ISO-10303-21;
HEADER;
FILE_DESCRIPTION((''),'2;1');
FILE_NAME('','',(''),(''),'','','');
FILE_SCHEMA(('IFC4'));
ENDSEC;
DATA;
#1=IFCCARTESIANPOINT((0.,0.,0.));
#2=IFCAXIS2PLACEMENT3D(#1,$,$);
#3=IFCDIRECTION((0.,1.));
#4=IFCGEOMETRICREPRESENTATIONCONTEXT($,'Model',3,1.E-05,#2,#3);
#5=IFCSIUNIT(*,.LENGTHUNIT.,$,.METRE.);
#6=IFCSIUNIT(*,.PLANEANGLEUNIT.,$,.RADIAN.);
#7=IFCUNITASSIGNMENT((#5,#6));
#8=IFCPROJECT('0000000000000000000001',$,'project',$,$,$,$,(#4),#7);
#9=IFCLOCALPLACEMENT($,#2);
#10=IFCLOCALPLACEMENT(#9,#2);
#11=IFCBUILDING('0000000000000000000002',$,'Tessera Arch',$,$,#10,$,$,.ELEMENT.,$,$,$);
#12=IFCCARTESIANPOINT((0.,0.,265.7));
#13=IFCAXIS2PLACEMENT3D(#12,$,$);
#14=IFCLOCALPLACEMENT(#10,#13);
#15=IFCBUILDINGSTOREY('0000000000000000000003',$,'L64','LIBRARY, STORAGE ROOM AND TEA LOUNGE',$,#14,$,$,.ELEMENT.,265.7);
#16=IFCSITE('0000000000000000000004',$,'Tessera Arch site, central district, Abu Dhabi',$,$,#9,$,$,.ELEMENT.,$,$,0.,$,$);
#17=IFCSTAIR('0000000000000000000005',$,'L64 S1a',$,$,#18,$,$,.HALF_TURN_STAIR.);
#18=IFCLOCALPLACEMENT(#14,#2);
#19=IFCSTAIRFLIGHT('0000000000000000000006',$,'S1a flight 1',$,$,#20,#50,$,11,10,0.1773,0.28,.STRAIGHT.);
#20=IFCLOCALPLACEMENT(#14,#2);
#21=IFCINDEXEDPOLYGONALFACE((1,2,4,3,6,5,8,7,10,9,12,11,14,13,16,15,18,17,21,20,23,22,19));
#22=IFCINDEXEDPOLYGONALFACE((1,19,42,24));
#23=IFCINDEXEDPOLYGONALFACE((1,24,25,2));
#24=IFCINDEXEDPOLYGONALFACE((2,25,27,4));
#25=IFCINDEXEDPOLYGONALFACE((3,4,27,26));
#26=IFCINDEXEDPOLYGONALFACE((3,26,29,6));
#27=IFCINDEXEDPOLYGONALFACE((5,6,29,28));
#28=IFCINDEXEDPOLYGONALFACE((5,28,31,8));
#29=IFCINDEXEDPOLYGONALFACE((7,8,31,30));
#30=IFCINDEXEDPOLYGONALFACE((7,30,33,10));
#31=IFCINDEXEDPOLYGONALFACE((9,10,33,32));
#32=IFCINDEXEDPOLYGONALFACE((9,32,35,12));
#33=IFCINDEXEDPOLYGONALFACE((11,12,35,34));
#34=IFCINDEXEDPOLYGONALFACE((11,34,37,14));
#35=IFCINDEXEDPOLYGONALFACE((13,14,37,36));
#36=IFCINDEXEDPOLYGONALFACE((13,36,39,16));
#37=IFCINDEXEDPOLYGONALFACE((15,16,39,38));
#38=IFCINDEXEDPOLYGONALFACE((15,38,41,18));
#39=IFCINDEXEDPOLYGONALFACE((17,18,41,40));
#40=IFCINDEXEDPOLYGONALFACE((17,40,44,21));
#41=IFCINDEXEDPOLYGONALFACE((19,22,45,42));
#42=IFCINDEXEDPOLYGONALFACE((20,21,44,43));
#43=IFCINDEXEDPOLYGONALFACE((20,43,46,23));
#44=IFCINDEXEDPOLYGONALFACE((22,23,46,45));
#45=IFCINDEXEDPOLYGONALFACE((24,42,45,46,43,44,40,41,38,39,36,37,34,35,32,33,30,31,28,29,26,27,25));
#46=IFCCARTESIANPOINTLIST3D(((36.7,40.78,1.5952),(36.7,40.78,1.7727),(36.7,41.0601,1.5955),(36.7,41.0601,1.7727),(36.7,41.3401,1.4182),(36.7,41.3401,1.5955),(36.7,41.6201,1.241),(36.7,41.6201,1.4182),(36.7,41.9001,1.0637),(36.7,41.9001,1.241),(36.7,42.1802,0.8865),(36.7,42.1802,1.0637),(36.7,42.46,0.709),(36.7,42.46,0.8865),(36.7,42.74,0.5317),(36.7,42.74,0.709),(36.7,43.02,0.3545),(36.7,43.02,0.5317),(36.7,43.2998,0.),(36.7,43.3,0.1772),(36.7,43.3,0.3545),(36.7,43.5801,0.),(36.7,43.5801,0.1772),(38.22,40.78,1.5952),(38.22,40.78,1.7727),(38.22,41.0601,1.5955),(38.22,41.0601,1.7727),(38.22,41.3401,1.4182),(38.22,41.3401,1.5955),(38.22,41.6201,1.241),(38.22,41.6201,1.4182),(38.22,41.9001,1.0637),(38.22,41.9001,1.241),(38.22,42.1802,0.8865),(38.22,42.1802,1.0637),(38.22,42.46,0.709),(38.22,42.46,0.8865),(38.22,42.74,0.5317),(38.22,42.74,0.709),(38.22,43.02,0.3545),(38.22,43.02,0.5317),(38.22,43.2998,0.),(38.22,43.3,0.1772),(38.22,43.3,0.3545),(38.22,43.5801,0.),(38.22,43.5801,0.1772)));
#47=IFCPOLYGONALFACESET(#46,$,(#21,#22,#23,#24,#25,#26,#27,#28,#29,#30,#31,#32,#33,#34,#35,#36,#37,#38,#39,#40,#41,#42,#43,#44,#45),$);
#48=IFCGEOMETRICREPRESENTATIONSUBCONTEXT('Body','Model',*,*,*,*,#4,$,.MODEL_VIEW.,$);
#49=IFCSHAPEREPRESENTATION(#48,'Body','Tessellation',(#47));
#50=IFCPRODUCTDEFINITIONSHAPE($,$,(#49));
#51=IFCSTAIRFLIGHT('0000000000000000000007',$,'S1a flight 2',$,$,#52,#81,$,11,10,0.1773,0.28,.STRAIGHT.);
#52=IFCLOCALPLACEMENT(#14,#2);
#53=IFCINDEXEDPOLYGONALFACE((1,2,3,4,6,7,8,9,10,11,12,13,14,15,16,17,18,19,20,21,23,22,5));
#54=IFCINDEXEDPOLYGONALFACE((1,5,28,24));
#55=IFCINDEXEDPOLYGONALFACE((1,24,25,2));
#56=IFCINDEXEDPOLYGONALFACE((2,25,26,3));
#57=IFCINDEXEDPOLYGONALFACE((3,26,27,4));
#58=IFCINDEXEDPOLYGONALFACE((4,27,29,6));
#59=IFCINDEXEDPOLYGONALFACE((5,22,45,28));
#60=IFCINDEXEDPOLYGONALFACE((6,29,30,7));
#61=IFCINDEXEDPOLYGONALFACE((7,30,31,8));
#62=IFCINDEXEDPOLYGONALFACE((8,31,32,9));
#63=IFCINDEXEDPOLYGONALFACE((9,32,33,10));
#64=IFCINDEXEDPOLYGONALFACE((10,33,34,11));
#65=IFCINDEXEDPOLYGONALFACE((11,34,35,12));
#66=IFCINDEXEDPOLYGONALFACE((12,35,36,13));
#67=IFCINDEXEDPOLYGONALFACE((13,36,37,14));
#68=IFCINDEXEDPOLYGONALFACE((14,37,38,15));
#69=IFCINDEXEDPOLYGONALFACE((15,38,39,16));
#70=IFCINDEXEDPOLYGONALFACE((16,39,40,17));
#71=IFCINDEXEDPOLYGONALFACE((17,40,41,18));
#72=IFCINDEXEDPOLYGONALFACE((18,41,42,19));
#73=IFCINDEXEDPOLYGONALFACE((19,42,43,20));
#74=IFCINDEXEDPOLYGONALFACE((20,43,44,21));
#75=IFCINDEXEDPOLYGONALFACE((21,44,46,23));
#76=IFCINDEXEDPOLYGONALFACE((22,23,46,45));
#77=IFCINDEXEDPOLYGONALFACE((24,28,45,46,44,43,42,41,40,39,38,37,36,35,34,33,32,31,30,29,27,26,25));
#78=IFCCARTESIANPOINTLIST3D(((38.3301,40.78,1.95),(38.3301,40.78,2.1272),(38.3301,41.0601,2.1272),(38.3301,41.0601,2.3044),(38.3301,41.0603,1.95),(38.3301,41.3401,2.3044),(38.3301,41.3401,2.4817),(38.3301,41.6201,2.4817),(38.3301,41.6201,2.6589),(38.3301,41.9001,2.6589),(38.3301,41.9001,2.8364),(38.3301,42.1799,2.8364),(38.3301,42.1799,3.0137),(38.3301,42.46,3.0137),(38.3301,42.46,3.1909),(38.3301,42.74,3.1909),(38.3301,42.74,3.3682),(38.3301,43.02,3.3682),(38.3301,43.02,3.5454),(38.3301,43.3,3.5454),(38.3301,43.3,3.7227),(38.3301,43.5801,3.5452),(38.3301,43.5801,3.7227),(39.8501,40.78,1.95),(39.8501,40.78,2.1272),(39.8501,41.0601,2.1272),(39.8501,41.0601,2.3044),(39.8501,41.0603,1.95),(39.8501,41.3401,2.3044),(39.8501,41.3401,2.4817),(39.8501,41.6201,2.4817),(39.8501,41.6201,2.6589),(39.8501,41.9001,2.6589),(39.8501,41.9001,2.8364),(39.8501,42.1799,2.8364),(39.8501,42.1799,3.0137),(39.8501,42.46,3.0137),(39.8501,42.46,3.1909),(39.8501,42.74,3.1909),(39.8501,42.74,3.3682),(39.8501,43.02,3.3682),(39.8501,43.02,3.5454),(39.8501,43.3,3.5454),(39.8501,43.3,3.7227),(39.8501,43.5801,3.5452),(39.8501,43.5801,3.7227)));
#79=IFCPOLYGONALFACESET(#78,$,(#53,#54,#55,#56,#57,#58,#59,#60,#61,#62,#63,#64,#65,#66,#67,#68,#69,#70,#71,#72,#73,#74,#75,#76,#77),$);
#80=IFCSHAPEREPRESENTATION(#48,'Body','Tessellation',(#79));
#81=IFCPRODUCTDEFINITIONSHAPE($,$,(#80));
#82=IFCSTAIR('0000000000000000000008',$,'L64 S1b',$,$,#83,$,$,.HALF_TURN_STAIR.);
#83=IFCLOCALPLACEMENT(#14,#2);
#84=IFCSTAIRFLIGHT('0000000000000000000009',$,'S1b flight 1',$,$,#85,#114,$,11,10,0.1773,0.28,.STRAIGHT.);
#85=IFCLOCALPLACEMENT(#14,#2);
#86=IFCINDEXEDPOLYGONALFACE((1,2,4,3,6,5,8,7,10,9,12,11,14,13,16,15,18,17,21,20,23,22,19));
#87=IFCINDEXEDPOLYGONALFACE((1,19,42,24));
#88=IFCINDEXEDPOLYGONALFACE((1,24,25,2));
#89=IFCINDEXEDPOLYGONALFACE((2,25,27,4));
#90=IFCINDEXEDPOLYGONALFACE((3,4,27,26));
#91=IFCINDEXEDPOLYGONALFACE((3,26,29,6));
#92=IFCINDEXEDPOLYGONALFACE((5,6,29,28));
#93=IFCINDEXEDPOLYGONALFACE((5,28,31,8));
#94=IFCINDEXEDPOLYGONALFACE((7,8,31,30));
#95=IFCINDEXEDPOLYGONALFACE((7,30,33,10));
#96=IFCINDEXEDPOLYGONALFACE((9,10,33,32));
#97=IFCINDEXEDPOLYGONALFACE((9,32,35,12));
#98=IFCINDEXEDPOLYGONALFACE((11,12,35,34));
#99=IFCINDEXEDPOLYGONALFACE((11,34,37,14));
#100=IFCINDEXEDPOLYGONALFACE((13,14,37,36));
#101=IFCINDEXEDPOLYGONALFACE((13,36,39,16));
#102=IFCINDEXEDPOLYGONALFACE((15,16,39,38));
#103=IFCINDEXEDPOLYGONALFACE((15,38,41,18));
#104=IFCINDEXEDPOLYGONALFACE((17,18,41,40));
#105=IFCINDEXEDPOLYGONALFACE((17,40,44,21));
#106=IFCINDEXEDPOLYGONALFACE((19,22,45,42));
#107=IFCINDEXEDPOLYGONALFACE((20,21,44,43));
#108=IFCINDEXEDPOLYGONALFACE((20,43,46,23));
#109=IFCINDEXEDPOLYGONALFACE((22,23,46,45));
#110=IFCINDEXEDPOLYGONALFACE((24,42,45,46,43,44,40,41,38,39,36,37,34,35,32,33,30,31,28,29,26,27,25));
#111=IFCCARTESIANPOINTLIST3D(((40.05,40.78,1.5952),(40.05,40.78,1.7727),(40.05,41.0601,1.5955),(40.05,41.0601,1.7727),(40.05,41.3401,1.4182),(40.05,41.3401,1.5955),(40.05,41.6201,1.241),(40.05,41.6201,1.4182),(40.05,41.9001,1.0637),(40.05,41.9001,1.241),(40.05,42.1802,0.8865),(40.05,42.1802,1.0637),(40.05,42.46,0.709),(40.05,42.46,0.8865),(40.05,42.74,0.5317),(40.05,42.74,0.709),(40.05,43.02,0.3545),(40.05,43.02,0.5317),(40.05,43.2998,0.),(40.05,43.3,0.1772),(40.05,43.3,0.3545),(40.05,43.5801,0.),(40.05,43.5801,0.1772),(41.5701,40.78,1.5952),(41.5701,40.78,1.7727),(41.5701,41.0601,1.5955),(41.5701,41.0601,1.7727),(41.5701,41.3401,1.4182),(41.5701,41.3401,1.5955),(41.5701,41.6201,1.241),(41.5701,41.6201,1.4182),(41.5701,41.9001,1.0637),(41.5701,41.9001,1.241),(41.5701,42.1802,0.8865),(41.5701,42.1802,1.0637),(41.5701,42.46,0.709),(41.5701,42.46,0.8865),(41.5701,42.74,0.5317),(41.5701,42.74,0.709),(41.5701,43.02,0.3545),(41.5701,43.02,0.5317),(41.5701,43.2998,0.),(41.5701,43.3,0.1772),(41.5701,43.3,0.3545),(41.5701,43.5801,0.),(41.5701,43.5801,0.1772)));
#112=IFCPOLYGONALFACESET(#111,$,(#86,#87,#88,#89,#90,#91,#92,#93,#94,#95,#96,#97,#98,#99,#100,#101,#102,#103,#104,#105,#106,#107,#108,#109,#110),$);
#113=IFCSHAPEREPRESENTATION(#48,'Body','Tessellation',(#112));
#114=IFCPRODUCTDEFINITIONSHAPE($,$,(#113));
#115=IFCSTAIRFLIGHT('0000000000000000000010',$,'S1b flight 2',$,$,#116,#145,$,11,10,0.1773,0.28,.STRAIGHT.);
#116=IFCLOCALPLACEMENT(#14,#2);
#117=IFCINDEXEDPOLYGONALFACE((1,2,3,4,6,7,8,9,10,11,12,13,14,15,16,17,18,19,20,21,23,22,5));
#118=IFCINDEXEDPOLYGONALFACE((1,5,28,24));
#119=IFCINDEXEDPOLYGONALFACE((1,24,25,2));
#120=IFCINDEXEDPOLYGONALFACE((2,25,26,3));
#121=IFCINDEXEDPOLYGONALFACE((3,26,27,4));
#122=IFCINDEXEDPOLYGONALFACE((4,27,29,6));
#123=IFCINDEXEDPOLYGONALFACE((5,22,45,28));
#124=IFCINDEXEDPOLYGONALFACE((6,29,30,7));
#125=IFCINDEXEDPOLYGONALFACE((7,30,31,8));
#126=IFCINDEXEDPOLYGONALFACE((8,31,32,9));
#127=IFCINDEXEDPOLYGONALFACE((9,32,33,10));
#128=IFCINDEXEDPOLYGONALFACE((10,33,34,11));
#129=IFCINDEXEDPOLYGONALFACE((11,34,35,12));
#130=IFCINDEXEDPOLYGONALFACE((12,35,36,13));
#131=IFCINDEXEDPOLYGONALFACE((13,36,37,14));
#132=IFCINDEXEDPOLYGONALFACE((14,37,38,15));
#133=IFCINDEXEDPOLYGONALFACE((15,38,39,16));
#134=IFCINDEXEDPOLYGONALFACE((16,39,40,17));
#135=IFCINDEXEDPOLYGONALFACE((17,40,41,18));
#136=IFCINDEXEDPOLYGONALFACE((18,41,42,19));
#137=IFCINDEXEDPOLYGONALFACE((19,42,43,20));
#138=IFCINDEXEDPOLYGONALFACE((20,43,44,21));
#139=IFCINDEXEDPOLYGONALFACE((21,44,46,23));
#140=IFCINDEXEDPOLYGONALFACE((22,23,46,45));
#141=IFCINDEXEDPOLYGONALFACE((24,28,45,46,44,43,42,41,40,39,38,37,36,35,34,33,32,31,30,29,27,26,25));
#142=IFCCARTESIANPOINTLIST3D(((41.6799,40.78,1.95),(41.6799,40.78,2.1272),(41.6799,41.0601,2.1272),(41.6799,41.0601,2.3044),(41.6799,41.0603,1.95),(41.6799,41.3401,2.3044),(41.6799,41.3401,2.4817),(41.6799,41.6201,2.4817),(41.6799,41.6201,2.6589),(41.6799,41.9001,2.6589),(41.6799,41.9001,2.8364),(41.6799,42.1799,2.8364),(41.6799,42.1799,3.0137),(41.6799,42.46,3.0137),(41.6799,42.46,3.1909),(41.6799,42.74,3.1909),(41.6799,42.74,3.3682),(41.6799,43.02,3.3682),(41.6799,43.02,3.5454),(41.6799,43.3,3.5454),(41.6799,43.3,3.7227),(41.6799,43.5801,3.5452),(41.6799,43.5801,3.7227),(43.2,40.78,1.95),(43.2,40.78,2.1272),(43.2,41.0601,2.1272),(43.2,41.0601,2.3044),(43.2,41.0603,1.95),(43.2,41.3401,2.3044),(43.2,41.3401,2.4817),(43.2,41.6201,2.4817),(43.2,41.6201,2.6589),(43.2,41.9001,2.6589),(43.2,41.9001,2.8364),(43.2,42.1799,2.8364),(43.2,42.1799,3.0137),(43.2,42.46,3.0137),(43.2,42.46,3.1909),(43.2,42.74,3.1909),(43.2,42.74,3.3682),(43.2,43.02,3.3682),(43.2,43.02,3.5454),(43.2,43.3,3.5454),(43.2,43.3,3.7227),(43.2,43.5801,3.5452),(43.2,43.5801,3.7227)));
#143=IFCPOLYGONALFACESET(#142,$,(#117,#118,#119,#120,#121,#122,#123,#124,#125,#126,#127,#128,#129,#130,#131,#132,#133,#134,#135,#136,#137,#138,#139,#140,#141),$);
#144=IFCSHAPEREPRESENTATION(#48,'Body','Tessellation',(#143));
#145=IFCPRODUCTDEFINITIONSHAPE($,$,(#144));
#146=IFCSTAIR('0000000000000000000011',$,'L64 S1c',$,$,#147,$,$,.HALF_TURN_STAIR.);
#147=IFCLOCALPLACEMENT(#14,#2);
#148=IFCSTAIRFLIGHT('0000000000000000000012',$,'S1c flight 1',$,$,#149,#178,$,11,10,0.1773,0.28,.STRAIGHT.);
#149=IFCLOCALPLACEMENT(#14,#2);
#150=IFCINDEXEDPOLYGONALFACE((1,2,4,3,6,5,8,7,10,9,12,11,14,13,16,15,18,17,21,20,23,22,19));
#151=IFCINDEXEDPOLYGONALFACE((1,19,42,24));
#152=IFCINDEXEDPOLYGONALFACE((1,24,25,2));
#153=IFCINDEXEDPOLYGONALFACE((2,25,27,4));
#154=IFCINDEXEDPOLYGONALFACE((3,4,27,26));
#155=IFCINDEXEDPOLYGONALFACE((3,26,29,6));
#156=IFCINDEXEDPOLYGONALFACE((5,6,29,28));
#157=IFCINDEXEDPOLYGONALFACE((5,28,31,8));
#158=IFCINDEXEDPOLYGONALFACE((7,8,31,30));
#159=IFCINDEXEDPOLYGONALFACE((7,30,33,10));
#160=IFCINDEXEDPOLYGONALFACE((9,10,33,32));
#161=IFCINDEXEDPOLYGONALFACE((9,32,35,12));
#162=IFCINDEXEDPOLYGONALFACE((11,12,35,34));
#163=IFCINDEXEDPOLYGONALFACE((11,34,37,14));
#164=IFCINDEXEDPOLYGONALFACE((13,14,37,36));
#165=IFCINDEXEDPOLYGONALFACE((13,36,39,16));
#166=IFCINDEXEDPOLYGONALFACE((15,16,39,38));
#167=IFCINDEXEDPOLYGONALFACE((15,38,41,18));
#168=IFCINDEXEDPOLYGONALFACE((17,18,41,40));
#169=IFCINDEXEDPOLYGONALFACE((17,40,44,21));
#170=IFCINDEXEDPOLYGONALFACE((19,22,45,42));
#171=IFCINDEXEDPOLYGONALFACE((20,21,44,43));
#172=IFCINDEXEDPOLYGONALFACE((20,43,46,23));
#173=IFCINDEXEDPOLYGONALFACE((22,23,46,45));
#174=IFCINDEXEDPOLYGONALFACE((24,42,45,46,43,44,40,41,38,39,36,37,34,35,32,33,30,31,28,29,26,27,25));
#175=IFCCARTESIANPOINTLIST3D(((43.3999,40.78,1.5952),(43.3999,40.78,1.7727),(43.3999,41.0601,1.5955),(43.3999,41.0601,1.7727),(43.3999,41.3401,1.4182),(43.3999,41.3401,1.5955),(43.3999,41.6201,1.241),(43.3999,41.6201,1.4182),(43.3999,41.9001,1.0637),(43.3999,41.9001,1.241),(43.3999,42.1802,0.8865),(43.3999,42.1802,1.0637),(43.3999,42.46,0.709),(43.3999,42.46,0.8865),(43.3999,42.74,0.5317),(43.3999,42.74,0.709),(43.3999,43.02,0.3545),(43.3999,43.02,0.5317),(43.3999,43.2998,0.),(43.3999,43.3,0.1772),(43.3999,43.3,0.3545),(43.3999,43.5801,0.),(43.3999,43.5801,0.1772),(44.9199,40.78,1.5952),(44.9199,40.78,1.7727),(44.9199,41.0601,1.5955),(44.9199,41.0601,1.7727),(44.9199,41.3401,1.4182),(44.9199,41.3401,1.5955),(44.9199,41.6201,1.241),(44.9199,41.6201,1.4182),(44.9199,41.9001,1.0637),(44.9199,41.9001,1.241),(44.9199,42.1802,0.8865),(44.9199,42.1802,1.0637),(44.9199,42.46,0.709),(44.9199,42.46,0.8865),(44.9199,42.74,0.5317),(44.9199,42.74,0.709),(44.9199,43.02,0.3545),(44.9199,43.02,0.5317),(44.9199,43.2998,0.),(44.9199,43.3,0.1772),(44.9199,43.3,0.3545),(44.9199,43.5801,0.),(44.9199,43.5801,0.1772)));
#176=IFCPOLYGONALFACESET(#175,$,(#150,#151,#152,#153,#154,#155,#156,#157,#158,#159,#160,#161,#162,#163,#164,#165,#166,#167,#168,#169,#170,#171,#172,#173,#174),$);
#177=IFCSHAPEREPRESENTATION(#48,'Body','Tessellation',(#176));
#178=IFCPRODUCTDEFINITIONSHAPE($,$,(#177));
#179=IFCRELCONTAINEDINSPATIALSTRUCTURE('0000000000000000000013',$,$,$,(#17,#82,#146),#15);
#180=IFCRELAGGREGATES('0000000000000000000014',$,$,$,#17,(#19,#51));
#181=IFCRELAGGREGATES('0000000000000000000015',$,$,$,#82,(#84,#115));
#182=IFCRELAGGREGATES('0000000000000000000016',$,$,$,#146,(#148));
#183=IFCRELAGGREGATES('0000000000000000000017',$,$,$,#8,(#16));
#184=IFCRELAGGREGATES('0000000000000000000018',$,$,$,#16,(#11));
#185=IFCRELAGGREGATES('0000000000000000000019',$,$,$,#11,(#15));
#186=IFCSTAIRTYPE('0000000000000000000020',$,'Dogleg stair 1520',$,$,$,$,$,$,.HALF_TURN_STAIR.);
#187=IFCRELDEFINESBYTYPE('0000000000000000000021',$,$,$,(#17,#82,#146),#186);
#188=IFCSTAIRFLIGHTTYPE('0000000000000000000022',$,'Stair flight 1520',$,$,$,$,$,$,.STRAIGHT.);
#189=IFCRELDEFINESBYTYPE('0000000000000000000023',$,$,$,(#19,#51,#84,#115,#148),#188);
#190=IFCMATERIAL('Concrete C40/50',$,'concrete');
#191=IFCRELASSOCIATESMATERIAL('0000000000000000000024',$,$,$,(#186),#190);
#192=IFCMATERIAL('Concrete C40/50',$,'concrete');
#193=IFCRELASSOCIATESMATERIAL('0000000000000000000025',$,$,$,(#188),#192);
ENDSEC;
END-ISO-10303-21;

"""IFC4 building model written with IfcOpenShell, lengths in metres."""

from ifc_helpers import new_model, si_unit, direction, frame, origin, place, context, subcontext, project, spatial, polyline, outline, extrude, material, type_object, element, aggregate, save


model = new_model("IFC4")

# Units and contexts
model_context = context("Model", 3, precision=1e-05, world=origin(), true_north=direction((0.0, 1.0)))
body_context = subcontext(model_context, "Body", "Model", "MODEL_VIEW")
ifc_project = project(units=[si_unit("LENGTHUNIT", "METRE"), si_unit("PLANEANGLEUNIT", "RADIAN")], contexts=[model_context])

# Site, building, storey
site_placement = place(None, origin())
site = spatial("IfcSite", under=ifc_project, at=site_placement, Name="Tessera Arch site, central district, Abu Dhabi", CompositionType="ELEMENT", RefElevation=0.0)
building_placement = place(site_placement, origin())
building = spatial("IfcBuilding", under=site, at=building_placement, Name="Tessera Arch", CompositionType="ELEMENT")
storey_placement = place(building_placement, frame((0.0, 0.0, 265.7)))
storey = spatial("IfcBuildingStorey", under=building, at=storey_placement, Name="L64", Description="LIBRARY, STORAGE ROOM AND TEA LOUNGE", CompositionType="ELEMENT", Elevation=265.7)

# Stairs, stair flights
ifc_material_1 = material(Name="Concrete C40/50", Category="concrete")
stair_type = type_object("IfcStairType", Name="Dogleg stair 1520", PredefinedType="HALF_TURN_STAIR", material=ifc_material_1)
stair_1_placement = place(storey_placement, origin())
stair_1 = element("IfcStair", 1, at=stair_1_placement, inside=storey, type_object=stair_type, Name="L64 S1a", PredefinedType="HALF_TURN_STAIR")
ifc_material_2 = material(Name="Concrete C40/50", Category="concrete")
stair_flight_type = type_object("IfcStairFlightType", Name="Stair flight 1520", PredefinedType="STRAIGHT", material=ifc_material_2)
stair_flight_1_placement = place(storey_placement, frame((37.46, 43.5801, 0.0), z_axis=(0.0, 0.0, 1.0), x_axis=(0.0, -1.0, 0.0)))
stair_flight_1 = element("IfcStairFlight", 2, at=stair_flight_1_placement, type_object=stair_flight_type, Name="S1a flight 1", NumberOfRisers=11, NumberOfTreads=10, PredefinedType="STRAIGHT", RiserHeight=0.1773, TreadLength=0.28, context=body_context, shape_type="SweptSolid", body=[
    extrude(outline(polyline([(0.0, 0.0), (0.0, 0.1772), (0.28, 0.1772), (0.28, 0.3545), (0.5601, 0.3545), (0.5601, 0.5317), (0.8401, 0.5317), (0.8401, 0.709), (1.1201, 0.709), (1.1201, 0.8865), (1.3999, 0.8865), (1.3999, 1.0637), (1.6799, 1.0637), (1.6799, 1.241), (1.96, 1.241), (1.96, 1.4182), (2.24, 1.4182), (2.24, 1.5955), (2.52, 1.5955), (2.52, 1.7727), (2.8, 1.7727), (2.8, 1.95), (2.8, 1.5952), (0.2803, 0.0), (0.0, 0.0)])), frame((0.0, 0.76, 0.0), z_axis=(0.0, -1.0, 0.0), x_axis=(1.0, 0.0, 0.0)), (0.0, 0.0, 1.0), 1.52),
])
stair_flight_2_placement = place(storey_placement, frame((39.0901, 40.78, 1.95), z_axis=(0.0, 0.0, 1.0), x_axis=(0.0, 1.0, 0.0)))
stair_flight_2 = element("IfcStairFlight", 3, at=stair_flight_2_placement, type_object=stair_flight_type, Name="S1a flight 2", NumberOfRisers=11, NumberOfTreads=10, PredefinedType="STRAIGHT", RiserHeight=0.1773, TreadLength=0.28, context=body_context, shape_type="SweptSolid", body=[
    extrude(outline(polyline([(0.0, 0.0), (0.0, 0.1772), (0.28, 0.1772), (0.28, 0.3545), (0.5601, 0.3545), (0.5601, 0.5317), (0.8401, 0.5317), (0.8401, 0.709), (1.1201, 0.709), (1.1201, 0.8865), (1.3999, 0.8865), (1.3999, 1.0637), (1.6799, 1.0637), (1.6799, 1.241), (1.96, 1.241), (1.96, 1.4182), (2.24, 1.4182), (2.24, 1.5955), (2.52, 1.5955), (2.52, 1.7727), (2.8, 1.7727), (2.8, 1.95), (2.8, 1.5952), (0.2803, 0.0), (0.0, 0.0)])), frame((0.0, 0.76, 0.0), z_axis=(0.0, -1.0, 0.0), x_axis=(1.0, 0.0, 0.0)), (0.0, 0.0, 1.0), 1.52),
])
aggregate(stair_1, [stair_flight_1, stair_flight_2])
stair_2_placement = place(storey_placement, origin())
stair_2 = element("IfcStair", 4, at=stair_2_placement, inside=storey, type_object=stair_type, Name="L64 S1b", PredefinedType="HALF_TURN_STAIR")
stair_flight_3_placement = place(storey_placement, frame((40.8101, 43.5801, 0.0), z_axis=(0.0, 0.0, 1.0), x_axis=(0.0, -1.0, 0.0)))
stair_flight_3 = element("IfcStairFlight", 5, at=stair_flight_3_placement, type_object=stair_flight_type, Name="S1b flight 1", NumberOfRisers=11, NumberOfTreads=10, PredefinedType="STRAIGHT", RiserHeight=0.1773, TreadLength=0.28, context=body_context, shape_type="SweptSolid", body=[
    extrude(outline(polyline([(0.0, 0.0), (0.0, 0.1772), (0.28, 0.1772), (0.28, 0.3545), (0.5601, 0.3545), (0.5601, 0.5317), (0.8401, 0.5317), (0.8401, 0.709), (1.1201, 0.709), (1.1201, 0.8865), (1.3999, 0.8865), (1.3999, 1.0637), (1.6799, 1.0637), (1.6799, 1.241), (1.96, 1.241), (1.96, 1.4182), (2.24, 1.4182), (2.24, 1.5955), (2.52, 1.5955), (2.52, 1.7727), (2.8, 1.7727), (2.8, 1.95), (2.8, 1.5952), (0.2803, 0.0), (0.0, 0.0)])), frame((0.0, 0.76, 0.0), z_axis=(0.0, -1.0, 0.0), x_axis=(1.0, 0.0, 0.0)), (0.0, 0.0, 1.0), 1.52),
])
stair_flight_4_placement = place(storey_placement, frame((42.4399, 40.78, 1.95), z_axis=(0.0, 0.0, 1.0), x_axis=(0.0, 1.0, 0.0)))
stair_flight_4 = element("IfcStairFlight", 6, at=stair_flight_4_placement, type_object=stair_flight_type, Name="S1b flight 2", NumberOfRisers=11, NumberOfTreads=10, PredefinedType="STRAIGHT", RiserHeight=0.1773, TreadLength=0.28, context=body_context, shape_type="SweptSolid", body=[
    extrude(outline(polyline([(0.0, 0.0), (0.0, 0.1772), (0.28, 0.1772), (0.28, 0.3545), (0.5601, 0.3545), (0.5601, 0.5317), (0.8401, 0.5317), (0.8401, 0.709), (1.1201, 0.709), (1.1201, 0.8865), (1.3999, 0.8865), (1.3999, 1.0637), (1.6799, 1.0637), (1.6799, 1.241), (1.96, 1.241), (1.96, 1.4182), (2.24, 1.4182), (2.24, 1.5955), (2.52, 1.5955), (2.52, 1.7727), (2.8, 1.7727), (2.8, 1.95), (2.8, 1.5952), (0.2803, 0.0), (0.0, 0.0)])), frame((0.0, 0.76, 0.0), z_axis=(0.0, -1.0, 0.0), x_axis=(1.0, 0.0, 0.0)), (0.0, 0.0, 1.0), 1.52),
])
aggregate(stair_2, [stair_flight_3, stair_flight_4])

# Stair, stair flight
stair_3_placement = place(storey_placement, origin())
stair_3 = element("IfcStair", 7, at=stair_3_placement, inside=storey, type_object=stair_type, Name="L64 S1c", PredefinedType="HALF_TURN_STAIR")
stair_flight_5_placement = place(storey_placement, frame((44.1599, 43.5801, 0.0), z_axis=(0.0, 0.0, 1.0), x_axis=(0.0, -1.0, 0.0)))
stair_flight_5 = element("IfcStairFlight", 8, at=stair_flight_5_placement, type_object=stair_flight_type, Name="S1c flight 1", NumberOfRisers=11, NumberOfTreads=10, PredefinedType="STRAIGHT", RiserHeight=0.1773, TreadLength=0.28, context=body_context, shape_type="SweptSolid", body=[
    extrude(outline(polyline([(0.0, 0.0), (0.0, 0.1772), (0.28, 0.1772), (0.28, 0.3545), (0.5601, 0.3545), (0.5601, 0.5317), (0.8401, 0.5317), (0.8401, 0.709), (1.1201, 0.709), (1.1201, 0.8865), (1.3999, 0.8865), (1.3999, 1.0637), (1.6799, 1.0637), (1.6799, 1.241), (1.96, 1.241), (1.96, 1.4182), (2.24, 1.4182), (2.24, 1.5955), (2.52, 1.5955), (2.52, 1.7727), (2.8, 1.7727), (2.8, 1.95), (2.8, 1.5952), (0.2803, 0.0), (0.0, 0.0)])), frame((0.0, 0.76, 0.0), z_axis=(0.0, -1.0, 0.0), x_axis=(1.0, 0.0, 0.0)), (0.0, 0.0, 1.0), 1.52),
])
aggregate(stair_3, [stair_flight_5])

save(model, "model.ifc")
